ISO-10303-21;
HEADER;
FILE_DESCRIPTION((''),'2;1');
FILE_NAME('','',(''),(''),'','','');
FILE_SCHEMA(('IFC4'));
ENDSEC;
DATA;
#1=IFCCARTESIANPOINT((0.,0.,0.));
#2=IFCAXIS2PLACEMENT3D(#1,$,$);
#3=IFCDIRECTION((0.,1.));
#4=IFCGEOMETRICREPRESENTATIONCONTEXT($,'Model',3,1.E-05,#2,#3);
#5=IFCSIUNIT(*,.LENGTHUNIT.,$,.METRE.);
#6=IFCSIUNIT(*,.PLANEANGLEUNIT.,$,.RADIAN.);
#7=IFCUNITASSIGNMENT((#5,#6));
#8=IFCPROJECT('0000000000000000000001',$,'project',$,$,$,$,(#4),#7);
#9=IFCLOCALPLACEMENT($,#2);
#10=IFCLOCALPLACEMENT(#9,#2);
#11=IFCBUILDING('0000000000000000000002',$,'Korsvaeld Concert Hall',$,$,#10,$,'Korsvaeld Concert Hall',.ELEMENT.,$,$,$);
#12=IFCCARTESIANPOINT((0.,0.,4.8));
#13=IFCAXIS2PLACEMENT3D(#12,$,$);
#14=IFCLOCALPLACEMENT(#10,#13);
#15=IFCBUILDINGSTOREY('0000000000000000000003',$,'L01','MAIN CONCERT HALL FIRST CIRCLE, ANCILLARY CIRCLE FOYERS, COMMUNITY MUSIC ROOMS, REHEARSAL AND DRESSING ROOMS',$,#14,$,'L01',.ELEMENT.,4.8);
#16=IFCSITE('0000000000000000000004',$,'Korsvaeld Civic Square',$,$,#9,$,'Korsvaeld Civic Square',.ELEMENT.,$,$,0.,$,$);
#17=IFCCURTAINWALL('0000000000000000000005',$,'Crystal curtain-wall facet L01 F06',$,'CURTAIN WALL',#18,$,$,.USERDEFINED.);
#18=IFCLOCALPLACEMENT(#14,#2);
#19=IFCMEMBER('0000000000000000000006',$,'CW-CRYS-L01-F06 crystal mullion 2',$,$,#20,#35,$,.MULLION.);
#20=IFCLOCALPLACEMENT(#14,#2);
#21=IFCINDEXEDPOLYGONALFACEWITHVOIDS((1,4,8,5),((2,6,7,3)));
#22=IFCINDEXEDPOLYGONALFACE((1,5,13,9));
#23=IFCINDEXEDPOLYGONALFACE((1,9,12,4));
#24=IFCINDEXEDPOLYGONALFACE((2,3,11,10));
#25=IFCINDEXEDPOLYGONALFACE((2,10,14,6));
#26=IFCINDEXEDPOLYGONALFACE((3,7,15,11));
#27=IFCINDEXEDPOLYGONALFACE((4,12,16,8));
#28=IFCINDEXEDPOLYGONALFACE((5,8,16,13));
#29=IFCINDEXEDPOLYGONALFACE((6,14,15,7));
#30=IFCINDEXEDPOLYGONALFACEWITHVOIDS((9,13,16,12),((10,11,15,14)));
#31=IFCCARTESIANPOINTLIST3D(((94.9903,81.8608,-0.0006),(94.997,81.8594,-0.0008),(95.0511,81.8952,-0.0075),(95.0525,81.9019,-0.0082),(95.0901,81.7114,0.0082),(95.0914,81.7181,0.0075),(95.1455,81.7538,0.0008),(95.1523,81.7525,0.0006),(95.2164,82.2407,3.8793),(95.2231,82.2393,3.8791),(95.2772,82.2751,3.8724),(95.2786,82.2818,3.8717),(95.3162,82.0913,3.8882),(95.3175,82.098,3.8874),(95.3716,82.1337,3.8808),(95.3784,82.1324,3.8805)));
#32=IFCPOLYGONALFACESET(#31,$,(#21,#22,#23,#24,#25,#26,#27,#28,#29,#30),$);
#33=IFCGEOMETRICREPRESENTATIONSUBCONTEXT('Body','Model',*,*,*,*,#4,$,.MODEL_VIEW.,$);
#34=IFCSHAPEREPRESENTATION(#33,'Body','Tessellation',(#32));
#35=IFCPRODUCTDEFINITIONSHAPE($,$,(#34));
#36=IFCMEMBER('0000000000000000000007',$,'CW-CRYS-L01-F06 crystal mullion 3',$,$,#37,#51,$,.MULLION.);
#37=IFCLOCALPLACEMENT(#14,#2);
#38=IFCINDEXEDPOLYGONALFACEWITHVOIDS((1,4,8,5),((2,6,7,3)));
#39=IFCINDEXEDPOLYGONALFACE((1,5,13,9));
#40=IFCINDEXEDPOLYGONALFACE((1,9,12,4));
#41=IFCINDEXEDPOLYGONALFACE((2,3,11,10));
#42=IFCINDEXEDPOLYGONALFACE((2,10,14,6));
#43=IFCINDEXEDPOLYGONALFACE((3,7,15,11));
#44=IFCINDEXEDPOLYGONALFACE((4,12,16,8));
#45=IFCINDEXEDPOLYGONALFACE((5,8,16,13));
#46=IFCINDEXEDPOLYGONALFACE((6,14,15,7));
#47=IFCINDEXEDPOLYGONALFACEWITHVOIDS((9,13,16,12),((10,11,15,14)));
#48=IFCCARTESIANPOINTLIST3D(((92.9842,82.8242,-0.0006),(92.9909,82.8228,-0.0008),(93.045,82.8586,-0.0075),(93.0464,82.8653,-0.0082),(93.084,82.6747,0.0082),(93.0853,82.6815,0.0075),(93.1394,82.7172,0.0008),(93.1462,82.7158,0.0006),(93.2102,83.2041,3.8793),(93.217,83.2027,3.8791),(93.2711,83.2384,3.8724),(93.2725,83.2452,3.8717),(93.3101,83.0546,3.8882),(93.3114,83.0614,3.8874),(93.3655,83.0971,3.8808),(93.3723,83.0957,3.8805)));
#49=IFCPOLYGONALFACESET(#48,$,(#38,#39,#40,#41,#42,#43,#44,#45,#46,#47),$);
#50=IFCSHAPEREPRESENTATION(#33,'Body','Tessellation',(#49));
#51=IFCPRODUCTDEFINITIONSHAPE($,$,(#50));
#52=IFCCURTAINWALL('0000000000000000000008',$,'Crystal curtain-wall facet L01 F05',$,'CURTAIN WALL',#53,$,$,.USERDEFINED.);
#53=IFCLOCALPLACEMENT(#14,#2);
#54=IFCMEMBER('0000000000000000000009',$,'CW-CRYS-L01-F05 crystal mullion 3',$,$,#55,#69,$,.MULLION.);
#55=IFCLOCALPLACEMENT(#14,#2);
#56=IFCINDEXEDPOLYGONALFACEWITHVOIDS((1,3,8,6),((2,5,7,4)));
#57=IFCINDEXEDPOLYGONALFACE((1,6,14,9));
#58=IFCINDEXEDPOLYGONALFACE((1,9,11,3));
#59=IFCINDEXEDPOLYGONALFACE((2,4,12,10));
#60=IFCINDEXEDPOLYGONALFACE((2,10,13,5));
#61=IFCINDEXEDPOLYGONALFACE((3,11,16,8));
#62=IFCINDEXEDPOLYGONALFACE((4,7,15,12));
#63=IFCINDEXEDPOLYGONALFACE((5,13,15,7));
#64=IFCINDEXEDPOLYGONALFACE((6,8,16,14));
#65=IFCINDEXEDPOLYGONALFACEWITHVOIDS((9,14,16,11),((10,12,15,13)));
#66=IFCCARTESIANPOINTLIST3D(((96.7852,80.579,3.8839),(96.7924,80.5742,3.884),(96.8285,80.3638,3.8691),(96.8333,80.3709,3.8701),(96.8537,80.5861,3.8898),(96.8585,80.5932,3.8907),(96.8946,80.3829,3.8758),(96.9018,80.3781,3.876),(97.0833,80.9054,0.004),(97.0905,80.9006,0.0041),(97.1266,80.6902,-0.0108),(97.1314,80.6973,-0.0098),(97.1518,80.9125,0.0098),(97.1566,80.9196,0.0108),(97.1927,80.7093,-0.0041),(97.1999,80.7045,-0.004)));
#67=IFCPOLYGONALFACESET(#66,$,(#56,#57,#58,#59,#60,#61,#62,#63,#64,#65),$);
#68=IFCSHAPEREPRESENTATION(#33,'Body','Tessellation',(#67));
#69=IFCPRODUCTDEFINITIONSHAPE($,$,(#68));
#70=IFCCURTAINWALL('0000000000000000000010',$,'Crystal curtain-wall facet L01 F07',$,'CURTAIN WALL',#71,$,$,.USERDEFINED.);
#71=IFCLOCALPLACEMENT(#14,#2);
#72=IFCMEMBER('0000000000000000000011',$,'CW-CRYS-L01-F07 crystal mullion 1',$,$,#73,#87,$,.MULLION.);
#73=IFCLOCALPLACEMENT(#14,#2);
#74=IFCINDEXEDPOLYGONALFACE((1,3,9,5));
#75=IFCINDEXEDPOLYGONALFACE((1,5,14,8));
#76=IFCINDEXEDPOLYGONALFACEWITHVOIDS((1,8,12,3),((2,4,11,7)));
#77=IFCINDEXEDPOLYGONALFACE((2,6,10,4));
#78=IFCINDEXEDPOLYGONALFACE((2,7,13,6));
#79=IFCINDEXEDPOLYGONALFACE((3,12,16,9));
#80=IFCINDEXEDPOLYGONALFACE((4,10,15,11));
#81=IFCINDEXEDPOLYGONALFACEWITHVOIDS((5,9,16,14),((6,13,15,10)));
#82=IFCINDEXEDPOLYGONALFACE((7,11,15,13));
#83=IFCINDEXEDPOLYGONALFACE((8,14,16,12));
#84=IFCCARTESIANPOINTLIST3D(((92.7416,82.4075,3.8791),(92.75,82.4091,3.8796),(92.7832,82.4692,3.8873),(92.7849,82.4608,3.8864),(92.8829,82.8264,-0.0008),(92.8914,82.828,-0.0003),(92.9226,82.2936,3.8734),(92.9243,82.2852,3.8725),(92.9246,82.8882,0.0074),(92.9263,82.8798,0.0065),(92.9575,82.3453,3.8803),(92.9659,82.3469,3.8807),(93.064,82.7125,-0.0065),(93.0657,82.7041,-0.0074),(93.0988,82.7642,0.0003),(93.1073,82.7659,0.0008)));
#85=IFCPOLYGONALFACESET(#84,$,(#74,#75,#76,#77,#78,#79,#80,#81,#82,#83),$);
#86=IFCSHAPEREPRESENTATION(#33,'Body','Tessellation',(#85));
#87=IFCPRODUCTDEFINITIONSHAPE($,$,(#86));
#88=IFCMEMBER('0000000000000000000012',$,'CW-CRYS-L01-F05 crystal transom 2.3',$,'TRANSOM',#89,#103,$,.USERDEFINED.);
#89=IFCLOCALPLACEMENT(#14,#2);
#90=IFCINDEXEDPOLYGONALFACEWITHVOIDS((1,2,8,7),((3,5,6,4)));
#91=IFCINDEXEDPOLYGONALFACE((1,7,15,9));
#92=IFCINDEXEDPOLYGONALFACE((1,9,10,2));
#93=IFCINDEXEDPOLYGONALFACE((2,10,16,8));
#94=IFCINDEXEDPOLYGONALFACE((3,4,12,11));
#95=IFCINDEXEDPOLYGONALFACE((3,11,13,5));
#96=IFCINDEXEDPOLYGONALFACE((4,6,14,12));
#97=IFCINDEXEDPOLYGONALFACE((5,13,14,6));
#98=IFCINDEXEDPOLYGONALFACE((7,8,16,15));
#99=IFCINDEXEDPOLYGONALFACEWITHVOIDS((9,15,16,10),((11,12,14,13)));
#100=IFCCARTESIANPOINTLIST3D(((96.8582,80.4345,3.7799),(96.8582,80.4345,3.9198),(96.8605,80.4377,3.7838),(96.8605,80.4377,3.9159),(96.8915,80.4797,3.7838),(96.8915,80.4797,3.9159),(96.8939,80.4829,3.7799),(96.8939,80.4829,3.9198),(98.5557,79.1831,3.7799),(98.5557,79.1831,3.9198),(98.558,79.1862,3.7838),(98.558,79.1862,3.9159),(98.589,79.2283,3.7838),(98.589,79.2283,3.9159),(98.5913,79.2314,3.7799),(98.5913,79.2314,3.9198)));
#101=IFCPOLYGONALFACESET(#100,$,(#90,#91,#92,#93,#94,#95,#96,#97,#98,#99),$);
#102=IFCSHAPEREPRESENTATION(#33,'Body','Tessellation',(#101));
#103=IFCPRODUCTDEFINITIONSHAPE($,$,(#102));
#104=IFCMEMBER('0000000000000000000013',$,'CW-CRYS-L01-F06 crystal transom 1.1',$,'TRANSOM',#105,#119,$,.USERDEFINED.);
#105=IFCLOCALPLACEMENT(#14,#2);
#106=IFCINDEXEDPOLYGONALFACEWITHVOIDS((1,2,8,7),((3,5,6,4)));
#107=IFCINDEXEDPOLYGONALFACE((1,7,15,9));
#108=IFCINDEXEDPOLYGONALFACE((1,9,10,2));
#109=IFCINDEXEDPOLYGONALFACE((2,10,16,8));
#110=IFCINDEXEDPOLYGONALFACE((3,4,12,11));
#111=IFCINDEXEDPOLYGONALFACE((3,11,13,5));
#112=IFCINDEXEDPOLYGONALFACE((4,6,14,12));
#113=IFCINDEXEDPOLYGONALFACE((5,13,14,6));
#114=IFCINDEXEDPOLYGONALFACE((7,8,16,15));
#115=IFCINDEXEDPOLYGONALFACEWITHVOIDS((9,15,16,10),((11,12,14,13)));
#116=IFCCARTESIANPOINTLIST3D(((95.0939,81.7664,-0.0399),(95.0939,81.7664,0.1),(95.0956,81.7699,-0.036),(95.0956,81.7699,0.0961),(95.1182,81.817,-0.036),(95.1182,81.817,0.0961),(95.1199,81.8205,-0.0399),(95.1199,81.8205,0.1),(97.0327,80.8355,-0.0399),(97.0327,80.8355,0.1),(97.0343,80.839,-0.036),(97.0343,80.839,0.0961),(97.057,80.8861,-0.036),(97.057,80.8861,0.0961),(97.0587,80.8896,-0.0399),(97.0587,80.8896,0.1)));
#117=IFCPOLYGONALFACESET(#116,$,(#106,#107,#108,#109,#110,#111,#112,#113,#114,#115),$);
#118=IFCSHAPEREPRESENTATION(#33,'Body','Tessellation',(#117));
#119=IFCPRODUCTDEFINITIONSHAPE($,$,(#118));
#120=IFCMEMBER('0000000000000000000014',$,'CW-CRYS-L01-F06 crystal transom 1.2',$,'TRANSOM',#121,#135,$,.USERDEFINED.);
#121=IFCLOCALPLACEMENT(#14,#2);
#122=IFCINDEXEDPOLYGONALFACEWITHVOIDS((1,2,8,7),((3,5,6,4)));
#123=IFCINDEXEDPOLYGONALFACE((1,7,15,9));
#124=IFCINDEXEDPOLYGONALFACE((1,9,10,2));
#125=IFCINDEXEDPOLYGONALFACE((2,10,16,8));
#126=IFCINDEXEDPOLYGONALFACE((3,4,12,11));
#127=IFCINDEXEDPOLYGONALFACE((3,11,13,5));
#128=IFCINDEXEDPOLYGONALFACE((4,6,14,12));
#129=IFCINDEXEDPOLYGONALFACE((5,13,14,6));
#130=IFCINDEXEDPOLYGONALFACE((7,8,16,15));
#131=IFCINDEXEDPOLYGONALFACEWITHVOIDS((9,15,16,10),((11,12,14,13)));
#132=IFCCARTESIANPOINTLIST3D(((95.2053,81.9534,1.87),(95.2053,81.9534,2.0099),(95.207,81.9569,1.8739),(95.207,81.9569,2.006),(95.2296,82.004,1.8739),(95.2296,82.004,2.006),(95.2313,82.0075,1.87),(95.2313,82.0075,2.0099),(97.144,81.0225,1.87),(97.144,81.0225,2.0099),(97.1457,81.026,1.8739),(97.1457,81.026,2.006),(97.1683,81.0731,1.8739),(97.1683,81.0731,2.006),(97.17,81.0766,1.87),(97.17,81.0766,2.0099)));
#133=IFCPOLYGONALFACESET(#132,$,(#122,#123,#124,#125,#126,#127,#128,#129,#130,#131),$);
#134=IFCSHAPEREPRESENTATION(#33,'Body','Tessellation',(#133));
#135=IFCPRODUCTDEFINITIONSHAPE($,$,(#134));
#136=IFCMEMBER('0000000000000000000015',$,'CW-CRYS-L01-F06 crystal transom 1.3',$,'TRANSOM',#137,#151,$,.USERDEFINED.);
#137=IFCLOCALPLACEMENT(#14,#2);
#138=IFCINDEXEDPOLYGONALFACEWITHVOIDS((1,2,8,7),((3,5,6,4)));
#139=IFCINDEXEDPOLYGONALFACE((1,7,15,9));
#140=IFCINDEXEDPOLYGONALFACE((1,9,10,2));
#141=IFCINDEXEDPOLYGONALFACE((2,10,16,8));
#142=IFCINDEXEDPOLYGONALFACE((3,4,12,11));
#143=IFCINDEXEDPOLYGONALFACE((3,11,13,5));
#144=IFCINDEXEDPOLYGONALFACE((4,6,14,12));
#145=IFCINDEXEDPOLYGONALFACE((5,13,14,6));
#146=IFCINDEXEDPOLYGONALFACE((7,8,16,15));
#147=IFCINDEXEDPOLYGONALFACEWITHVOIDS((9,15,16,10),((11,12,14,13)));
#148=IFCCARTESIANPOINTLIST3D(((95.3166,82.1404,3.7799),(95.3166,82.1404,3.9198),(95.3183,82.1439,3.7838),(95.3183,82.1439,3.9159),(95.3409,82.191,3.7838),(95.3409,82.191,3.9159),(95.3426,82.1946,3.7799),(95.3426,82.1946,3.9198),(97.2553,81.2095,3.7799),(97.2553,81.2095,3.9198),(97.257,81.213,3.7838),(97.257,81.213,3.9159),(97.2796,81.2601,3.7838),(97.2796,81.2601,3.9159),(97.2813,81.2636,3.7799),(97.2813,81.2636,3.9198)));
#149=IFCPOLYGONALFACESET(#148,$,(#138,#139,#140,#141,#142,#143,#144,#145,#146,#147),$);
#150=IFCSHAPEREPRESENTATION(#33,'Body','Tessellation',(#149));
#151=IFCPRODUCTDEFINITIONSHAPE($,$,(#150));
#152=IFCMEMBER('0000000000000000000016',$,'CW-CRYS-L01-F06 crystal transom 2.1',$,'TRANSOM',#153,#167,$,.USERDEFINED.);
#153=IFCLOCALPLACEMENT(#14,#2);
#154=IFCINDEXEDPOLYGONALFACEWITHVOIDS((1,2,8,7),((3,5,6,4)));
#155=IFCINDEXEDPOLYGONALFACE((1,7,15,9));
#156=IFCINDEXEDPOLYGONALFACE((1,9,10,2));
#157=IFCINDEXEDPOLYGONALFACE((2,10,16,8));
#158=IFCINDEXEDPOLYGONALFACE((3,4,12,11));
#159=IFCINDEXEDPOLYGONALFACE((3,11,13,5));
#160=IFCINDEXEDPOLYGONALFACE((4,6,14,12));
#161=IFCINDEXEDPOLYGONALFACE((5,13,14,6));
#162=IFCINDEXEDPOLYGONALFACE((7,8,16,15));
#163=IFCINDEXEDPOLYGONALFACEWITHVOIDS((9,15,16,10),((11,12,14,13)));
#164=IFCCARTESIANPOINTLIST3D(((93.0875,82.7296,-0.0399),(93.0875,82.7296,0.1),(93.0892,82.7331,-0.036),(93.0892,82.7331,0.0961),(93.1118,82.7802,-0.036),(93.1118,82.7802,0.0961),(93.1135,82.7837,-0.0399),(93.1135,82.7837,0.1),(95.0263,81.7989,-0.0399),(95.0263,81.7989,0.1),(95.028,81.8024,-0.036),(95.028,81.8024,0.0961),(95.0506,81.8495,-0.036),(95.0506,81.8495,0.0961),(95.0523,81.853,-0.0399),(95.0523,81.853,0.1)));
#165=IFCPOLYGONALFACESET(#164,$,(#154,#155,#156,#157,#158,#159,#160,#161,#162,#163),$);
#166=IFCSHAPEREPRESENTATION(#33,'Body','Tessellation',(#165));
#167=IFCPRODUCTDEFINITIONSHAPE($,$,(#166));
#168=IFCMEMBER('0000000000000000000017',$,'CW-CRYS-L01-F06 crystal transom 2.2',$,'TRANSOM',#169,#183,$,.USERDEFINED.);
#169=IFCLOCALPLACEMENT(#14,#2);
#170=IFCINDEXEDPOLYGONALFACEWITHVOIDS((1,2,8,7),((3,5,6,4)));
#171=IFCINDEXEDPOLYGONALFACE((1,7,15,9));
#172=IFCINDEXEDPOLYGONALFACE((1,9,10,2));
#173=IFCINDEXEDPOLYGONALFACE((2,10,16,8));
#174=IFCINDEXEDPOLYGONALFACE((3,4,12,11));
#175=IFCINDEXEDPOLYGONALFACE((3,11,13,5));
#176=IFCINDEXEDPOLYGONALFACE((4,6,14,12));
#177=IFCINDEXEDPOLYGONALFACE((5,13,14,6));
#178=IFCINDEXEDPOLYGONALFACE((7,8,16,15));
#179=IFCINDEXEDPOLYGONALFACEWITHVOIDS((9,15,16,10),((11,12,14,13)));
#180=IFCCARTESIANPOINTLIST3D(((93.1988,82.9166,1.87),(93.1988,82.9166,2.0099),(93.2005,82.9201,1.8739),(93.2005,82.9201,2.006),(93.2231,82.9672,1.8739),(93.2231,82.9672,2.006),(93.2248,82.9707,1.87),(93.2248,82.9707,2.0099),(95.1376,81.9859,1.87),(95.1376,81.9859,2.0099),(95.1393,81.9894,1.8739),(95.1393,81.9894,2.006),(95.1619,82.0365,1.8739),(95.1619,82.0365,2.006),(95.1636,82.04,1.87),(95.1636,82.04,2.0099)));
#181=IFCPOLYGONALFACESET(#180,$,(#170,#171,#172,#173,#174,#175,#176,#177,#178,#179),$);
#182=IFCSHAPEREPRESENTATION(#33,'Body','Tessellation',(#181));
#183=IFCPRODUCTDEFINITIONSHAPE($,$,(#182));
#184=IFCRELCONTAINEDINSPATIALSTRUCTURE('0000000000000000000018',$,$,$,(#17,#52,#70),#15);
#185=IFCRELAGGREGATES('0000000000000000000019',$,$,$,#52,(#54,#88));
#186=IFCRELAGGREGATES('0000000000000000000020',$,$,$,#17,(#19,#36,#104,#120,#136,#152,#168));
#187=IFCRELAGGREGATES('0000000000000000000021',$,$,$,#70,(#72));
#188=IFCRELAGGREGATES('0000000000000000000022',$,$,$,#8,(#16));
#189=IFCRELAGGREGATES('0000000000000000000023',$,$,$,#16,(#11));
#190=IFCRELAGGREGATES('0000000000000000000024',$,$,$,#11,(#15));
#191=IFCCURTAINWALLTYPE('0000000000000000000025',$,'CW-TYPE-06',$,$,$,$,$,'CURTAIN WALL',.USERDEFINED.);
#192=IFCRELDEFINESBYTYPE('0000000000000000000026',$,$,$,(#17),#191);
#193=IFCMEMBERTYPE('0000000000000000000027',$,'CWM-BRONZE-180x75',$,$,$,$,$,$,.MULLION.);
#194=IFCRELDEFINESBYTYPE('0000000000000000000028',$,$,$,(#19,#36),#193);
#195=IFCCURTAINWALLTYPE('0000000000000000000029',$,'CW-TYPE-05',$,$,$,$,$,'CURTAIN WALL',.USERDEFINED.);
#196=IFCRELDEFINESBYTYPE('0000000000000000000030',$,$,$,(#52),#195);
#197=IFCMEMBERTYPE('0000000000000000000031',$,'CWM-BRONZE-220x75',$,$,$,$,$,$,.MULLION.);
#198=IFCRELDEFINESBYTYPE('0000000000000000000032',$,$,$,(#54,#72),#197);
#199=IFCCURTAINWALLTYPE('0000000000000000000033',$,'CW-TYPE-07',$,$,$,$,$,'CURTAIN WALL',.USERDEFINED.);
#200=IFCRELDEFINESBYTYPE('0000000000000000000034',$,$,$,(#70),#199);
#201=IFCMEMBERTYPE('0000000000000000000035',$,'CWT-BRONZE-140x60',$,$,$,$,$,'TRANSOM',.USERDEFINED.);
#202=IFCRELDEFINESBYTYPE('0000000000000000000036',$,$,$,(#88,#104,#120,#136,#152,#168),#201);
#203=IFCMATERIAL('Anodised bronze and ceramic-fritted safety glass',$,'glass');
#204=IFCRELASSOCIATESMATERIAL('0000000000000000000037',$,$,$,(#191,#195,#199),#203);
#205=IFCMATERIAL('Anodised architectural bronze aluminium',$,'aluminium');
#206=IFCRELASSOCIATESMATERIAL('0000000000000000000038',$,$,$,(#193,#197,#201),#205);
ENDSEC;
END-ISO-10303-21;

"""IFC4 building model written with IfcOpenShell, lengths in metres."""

from ifc_helpers import new_model, si_unit, direction, frame, origin, origin_2d, place, context, subcontext, project, spatial, hollow_rectangle, extrude, material, material_profile, profile_set, type_object, element, aggregate, save


model = new_model("IFC4")

# Units and contexts
model_context = context("Model", 3, precision=1e-05, world=origin(), true_north=direction((0.0, 1.0)))
body_context = subcontext(model_context, "Body", "Model", "MODEL_VIEW")
ifc_project = project(units=[si_unit("LENGTHUNIT", "METRE"), si_unit("PLANEANGLEUNIT", "RADIAN")], contexts=[model_context])

# Site, building, storey
site_placement = place(None, origin())
site = spatial("IfcSite", under=ifc_project, at=site_placement, Name="Korsvaeld Civic Square", LongName="Korsvaeld Civic Square", CompositionType="ELEMENT", RefElevation=0.0)
building_placement = place(site_placement, origin())
building = spatial("IfcBuilding", under=site, at=building_placement, Name="Korsvaeld Concert Hall", LongName="Korsvaeld Concert Hall", CompositionType="ELEMENT")
storey_placement = place(building_placement, frame((0.0, 0.0, 4.8)))
storey = spatial("IfcBuildingStorey", under=building, at=storey_placement, Name="L01", Description="MAIN CONCERT HALL FIRST CIRCLE, ANCILLARY CIRCLE FOYERS, COMMUNITY MUSIC ROOMS, REHEARSAL AND DRESSING ROOMS", LongName="L01", CompositionType="ELEMENT", Elevation=4.8)

# Curtain wall, members
ifc_material_1 = material(Name="Anodised bronze and ceramic-fritted safety glass", Category="glass")
curtain_wall_type_1 = type_object("IfcCurtainWallType", Name="CW-TYPE-06", ElementType="CURTAIN WALL", PredefinedType="USERDEFINED", material=ifc_material_1)
curtain_wall_1_placement = place(storey_placement, origin())
curtain_wall_1 = element("IfcCurtainWall", 1, at=curtain_wall_1_placement, inside=storey, type_object=curtain_wall_type_1, Name="Crystal curtain-wall facet L01 F06", ObjectType="CURTAIN WALL", PredefinedType="USERDEFINED")
ifc_material_2 = material(Name="Anodised architectural bronze aluminium", Category="aluminium")
ifc_material_profile_1 = material_profile(ifc_material_2, hollow_rectangle(XDim=0.075, YDim=0.1799, WallThickness=0.0049, at=origin_2d()), Name="CWM 180x75x5")
ifc_profile_set_1 = profile_set([ifc_material_profile_1], Name="Anodised architectural bronze aluminium")
member_type_1 = type_object("IfcMemberType", Name="CWM-BRONZE-180x75", PredefinedType="MULLION", material=ifc_profile_set_1)
member_1_placement = place(storey_placement, frame((95.0713, 81.8066, 0.0), z_axis=(0.057894, 0.097281, 0.993572), x_axis=(0.829999, 0.548349, -0.102052)))
member_1 = element("IfcMember", 2, at=member_1_placement, type_object=member_type_1, Name="CW-CRYS-L01-F06 crystal mullion 2", PredefinedType="MULLION", context=body_context, shape_type="SweptSolid", body=[
    extrude(hollow_rectangle(XDim=0.075, YDim=0.1799, WallThickness=0.0049, at=origin_2d()), origin(), (0.0, 0.0, 1.0), 3.905),
])
member_2_placement = place(storey_placement, frame((93.0652, 82.77, 0.0), z_axis=(0.057894, 0.097281, 0.993572), x_axis=(0.829999, 0.548349, -0.102052)))
member_2 = element("IfcMember", 3, at=member_2_placement, type_object=member_type_1, Name="CW-CRYS-L01-F06 crystal mullion 3", PredefinedType="MULLION", context=body_context, shape_type="SweptSolid", body=[
    extrude(hollow_rectangle(XDim=0.075, YDim=0.1799, WallThickness=0.0049, at=origin_2d()), origin(), (0.0, 0.0, 1.0), 3.905),
])

# Curtain walls, members
curtain_wall_type_2 = type_object("IfcCurtainWallType", Name="CW-TYPE-05", ElementType="CURTAIN WALL", PredefinedType="USERDEFINED", material=ifc_material_1)
curtain_wall_2_placement = place(storey_placement, origin())
curtain_wall_2 = element("IfcCurtainWall", 4, at=curtain_wall_2_placement, inside=storey, type_object=curtain_wall_type_2, Name="Crystal curtain-wall facet L01 F05", ObjectType="CURTAIN WALL", PredefinedType="USERDEFINED")
ifc_material_profile_2 = material_profile(ifc_material_2, hollow_rectangle(XDim=0.075, YDim=0.22, WallThickness=0.0061, at=origin_2d()), Name="CWM 220x75x6")
ifc_profile_set_2 = profile_set([ifc_material_profile_2], Name="Anodised architectural bronze aluminium")
member_type_2 = type_object("IfcMemberType", Name="CWM-BRONZE-220x75", PredefinedType="MULLION", material=ifc_profile_set_2)
member_3_placement = place(storey_placement, frame((97.1416, 80.8049, 0.0), z_axis=(-0.076337, -0.08359, 0.993572), x_axis=(-0.977475, -0.190372, -0.091116)))
member_3 = element("IfcMember", 5, at=member_3_placement, type_object=member_type_2, Name="CW-CRYS-L01-F05 crystal mullion 3", PredefinedType="MULLION", context=body_context, shape_type="SweptSolid", body=[
    extrude(hollow_rectangle(XDim=0.075, YDim=0.22, WallThickness=0.0061, at=origin_2d()), origin(), (0.0, 0.0, 1.0), 3.905),
])
curtain_wall_type_3 = type_object("IfcCurtainWallType", Name="CW-TYPE-07", ElementType="CURTAIN WALL", PredefinedType="USERDEFINED", material=ifc_material_1)
curtain_wall_3_placement = place(storey_placement, origin())
curtain_wall_3 = element("IfcCurtainWall", 6, at=curtain_wall_3_placement, inside=storey, type_object=curtain_wall_type_3, Name="Crystal curtain-wall facet L01 F07", ObjectType="CURTAIN WALL", PredefinedType="USERDEFINED")
member_4_placement = place(storey_placement, frame((92.9951, 82.7961, 0.0), z_axis=(-0.036199, -0.107284, 0.993569), x_axis=(-0.555586, -0.824251, -0.109244)))
member_4 = element("IfcMember", 7, at=member_4_placement, type_object=member_type_2, Name="CW-CRYS-L01-F07 crystal mullion 1", PredefinedType="MULLION", context=body_context, shape_type="SweptSolid", body=[
    extrude(hollow_rectangle(XDim=0.075, YDim=0.22, WallThickness=0.0061, at=origin_2d()), origin(), (0.0, 0.0, 1.0), 3.905),
])

# Members
ifc_material_profile_3 = material_profile(ifc_material_2, hollow_rectangle(XDim=0.0601, YDim=0.1399, WallThickness=0.0039, at=origin_2d()), Name="CWT 140x60x4")
ifc_profile_set_3 = profile_set([ifc_material_profile_3], Name="Anodised architectural bronze aluminium")
member_type_3 = type_object("IfcMemberType", Name="CWT-BRONZE-140x60", ElementType="TRANSOM", PredefinedType="USERDEFINED", material=ifc_profile_set_3)
member_5_placement = place(storey_placement, frame((98.5735, 79.2073, 3.8499), z_axis=(-0.804905, 0.593404, 0.0), x_axis=(-0.593404, -0.804905, 0.0)))
member_5 = element("IfcMember", 8, at=member_5_placement, type_object=member_type_3, Name="CW-CRYS-L01-F05 crystal transom 2.3", ObjectType="TRANSOM", PredefinedType="USERDEFINED", context=body_context, shape_type="SweptSolid", body=[
    extrude(hollow_rectangle(XDim=0.0601, YDim=0.1399, WallThickness=0.0039, at=origin_2d()), origin(), (0.0, 0.0, 1.0), 2.1089),
])
aggregate(curtain_wall_2, [member_3, member_5])
member_6_placement = place(storey_placement, frame((97.0457, 80.8625, 0.03), z_axis=(-0.901465, 0.432853, 0.0), x_axis=(-0.432853, -0.901465, 0.0)))
member_6 = element("IfcMember", 9, at=member_6_placement, type_object=member_type_3, Name="CW-CRYS-L01-F06 crystal transom 1.1", ObjectType="TRANSOM", PredefinedType="USERDEFINED", context=body_context, shape_type="SweptSolid", body=[
    extrude(hollow_rectangle(XDim=0.0601, YDim=0.1399, WallThickness=0.0039, at=origin_2d()), origin(), (0.0, 0.0, 1.0), 2.1506),
])
member_7_placement = place(storey_placement, frame((97.157, 81.0496, 1.9399), z_axis=(-0.901465, 0.432853, 0.0), x_axis=(-0.432853, -0.901465, 0.0)))
member_7 = element("IfcMember", 10, at=member_7_placement, type_object=member_type_3, Name="CW-CRYS-L01-F06 crystal transom 1.2", ObjectType="TRANSOM", PredefinedType="USERDEFINED", context=body_context, shape_type="SweptSolid", body=[
    extrude(hollow_rectangle(XDim=0.0601, YDim=0.1399, WallThickness=0.0039, at=origin_2d()), origin(), (0.0, 0.0, 1.0), 2.1506),
])
member_8_placement = place(storey_placement, frame((97.2683, 81.2366, 3.8499), z_axis=(-0.901465, 0.432853, 0.0), x_axis=(-0.432853, -0.901465, 0.0)))
member_8 = element("IfcMember", 11, at=member_8_placement, type_object=member_type_3, Name="CW-CRYS-L01-F06 crystal transom 1.3", ObjectType="TRANSOM", PredefinedType="USERDEFINED", context=body_context, shape_type="SweptSolid", body=[
    extrude(hollow_rectangle(XDim=0.0601, YDim=0.1399, WallThickness=0.0039, at=origin_2d()), origin(), (0.0, 0.0, 1.0), 2.1506),
])
member_9_placement = place(storey_placement, frame((95.0393, 81.8259, 0.03), z_axis=(-0.901509, 0.432761, 0.0), x_axis=(-0.432761, -0.901509, 0.0)))
member_9 = element("IfcMember", 12, at=member_9_placement, type_object=member_type_3, Name="CW-CRYS-L01-F06 crystal transom 2.1", ObjectType="TRANSOM", PredefinedType="USERDEFINED", context=body_context, shape_type="SweptSolid", body=[
    extrude(hollow_rectangle(XDim=0.0601, YDim=0.1399, WallThickness=0.0039, at=origin_2d()), origin(), (0.0, 0.0, 1.0), 2.1506),
])
member_10_placement = place(storey_placement, frame((95.1506, 82.0129, 1.9399), z_axis=(-0.901509, 0.432761, 0.0), x_axis=(-0.432761, -0.901509, 0.0)))
member_10 = element("IfcMember", 13, at=member_10_placement, type_object=member_type_3, Name="CW-CRYS-L01-F06 crystal transom 2.2", ObjectType="TRANSOM", PredefinedType="USERDEFINED", context=body_context, shape_type="SweptSolid", body=[
    extrude(hollow_rectangle(XDim=0.0601, YDim=0.1399, WallThickness=0.0039, at=origin_2d()), origin(), (0.0, 0.0, 1.0), 2.1506),
])

aggregate(curtain_wall_1, [member_1, member_2, member_6, member_7, member_8, member_9, member_10])
aggregate(curtain_wall_3, [member_4])

save(model, "model.ifc")
